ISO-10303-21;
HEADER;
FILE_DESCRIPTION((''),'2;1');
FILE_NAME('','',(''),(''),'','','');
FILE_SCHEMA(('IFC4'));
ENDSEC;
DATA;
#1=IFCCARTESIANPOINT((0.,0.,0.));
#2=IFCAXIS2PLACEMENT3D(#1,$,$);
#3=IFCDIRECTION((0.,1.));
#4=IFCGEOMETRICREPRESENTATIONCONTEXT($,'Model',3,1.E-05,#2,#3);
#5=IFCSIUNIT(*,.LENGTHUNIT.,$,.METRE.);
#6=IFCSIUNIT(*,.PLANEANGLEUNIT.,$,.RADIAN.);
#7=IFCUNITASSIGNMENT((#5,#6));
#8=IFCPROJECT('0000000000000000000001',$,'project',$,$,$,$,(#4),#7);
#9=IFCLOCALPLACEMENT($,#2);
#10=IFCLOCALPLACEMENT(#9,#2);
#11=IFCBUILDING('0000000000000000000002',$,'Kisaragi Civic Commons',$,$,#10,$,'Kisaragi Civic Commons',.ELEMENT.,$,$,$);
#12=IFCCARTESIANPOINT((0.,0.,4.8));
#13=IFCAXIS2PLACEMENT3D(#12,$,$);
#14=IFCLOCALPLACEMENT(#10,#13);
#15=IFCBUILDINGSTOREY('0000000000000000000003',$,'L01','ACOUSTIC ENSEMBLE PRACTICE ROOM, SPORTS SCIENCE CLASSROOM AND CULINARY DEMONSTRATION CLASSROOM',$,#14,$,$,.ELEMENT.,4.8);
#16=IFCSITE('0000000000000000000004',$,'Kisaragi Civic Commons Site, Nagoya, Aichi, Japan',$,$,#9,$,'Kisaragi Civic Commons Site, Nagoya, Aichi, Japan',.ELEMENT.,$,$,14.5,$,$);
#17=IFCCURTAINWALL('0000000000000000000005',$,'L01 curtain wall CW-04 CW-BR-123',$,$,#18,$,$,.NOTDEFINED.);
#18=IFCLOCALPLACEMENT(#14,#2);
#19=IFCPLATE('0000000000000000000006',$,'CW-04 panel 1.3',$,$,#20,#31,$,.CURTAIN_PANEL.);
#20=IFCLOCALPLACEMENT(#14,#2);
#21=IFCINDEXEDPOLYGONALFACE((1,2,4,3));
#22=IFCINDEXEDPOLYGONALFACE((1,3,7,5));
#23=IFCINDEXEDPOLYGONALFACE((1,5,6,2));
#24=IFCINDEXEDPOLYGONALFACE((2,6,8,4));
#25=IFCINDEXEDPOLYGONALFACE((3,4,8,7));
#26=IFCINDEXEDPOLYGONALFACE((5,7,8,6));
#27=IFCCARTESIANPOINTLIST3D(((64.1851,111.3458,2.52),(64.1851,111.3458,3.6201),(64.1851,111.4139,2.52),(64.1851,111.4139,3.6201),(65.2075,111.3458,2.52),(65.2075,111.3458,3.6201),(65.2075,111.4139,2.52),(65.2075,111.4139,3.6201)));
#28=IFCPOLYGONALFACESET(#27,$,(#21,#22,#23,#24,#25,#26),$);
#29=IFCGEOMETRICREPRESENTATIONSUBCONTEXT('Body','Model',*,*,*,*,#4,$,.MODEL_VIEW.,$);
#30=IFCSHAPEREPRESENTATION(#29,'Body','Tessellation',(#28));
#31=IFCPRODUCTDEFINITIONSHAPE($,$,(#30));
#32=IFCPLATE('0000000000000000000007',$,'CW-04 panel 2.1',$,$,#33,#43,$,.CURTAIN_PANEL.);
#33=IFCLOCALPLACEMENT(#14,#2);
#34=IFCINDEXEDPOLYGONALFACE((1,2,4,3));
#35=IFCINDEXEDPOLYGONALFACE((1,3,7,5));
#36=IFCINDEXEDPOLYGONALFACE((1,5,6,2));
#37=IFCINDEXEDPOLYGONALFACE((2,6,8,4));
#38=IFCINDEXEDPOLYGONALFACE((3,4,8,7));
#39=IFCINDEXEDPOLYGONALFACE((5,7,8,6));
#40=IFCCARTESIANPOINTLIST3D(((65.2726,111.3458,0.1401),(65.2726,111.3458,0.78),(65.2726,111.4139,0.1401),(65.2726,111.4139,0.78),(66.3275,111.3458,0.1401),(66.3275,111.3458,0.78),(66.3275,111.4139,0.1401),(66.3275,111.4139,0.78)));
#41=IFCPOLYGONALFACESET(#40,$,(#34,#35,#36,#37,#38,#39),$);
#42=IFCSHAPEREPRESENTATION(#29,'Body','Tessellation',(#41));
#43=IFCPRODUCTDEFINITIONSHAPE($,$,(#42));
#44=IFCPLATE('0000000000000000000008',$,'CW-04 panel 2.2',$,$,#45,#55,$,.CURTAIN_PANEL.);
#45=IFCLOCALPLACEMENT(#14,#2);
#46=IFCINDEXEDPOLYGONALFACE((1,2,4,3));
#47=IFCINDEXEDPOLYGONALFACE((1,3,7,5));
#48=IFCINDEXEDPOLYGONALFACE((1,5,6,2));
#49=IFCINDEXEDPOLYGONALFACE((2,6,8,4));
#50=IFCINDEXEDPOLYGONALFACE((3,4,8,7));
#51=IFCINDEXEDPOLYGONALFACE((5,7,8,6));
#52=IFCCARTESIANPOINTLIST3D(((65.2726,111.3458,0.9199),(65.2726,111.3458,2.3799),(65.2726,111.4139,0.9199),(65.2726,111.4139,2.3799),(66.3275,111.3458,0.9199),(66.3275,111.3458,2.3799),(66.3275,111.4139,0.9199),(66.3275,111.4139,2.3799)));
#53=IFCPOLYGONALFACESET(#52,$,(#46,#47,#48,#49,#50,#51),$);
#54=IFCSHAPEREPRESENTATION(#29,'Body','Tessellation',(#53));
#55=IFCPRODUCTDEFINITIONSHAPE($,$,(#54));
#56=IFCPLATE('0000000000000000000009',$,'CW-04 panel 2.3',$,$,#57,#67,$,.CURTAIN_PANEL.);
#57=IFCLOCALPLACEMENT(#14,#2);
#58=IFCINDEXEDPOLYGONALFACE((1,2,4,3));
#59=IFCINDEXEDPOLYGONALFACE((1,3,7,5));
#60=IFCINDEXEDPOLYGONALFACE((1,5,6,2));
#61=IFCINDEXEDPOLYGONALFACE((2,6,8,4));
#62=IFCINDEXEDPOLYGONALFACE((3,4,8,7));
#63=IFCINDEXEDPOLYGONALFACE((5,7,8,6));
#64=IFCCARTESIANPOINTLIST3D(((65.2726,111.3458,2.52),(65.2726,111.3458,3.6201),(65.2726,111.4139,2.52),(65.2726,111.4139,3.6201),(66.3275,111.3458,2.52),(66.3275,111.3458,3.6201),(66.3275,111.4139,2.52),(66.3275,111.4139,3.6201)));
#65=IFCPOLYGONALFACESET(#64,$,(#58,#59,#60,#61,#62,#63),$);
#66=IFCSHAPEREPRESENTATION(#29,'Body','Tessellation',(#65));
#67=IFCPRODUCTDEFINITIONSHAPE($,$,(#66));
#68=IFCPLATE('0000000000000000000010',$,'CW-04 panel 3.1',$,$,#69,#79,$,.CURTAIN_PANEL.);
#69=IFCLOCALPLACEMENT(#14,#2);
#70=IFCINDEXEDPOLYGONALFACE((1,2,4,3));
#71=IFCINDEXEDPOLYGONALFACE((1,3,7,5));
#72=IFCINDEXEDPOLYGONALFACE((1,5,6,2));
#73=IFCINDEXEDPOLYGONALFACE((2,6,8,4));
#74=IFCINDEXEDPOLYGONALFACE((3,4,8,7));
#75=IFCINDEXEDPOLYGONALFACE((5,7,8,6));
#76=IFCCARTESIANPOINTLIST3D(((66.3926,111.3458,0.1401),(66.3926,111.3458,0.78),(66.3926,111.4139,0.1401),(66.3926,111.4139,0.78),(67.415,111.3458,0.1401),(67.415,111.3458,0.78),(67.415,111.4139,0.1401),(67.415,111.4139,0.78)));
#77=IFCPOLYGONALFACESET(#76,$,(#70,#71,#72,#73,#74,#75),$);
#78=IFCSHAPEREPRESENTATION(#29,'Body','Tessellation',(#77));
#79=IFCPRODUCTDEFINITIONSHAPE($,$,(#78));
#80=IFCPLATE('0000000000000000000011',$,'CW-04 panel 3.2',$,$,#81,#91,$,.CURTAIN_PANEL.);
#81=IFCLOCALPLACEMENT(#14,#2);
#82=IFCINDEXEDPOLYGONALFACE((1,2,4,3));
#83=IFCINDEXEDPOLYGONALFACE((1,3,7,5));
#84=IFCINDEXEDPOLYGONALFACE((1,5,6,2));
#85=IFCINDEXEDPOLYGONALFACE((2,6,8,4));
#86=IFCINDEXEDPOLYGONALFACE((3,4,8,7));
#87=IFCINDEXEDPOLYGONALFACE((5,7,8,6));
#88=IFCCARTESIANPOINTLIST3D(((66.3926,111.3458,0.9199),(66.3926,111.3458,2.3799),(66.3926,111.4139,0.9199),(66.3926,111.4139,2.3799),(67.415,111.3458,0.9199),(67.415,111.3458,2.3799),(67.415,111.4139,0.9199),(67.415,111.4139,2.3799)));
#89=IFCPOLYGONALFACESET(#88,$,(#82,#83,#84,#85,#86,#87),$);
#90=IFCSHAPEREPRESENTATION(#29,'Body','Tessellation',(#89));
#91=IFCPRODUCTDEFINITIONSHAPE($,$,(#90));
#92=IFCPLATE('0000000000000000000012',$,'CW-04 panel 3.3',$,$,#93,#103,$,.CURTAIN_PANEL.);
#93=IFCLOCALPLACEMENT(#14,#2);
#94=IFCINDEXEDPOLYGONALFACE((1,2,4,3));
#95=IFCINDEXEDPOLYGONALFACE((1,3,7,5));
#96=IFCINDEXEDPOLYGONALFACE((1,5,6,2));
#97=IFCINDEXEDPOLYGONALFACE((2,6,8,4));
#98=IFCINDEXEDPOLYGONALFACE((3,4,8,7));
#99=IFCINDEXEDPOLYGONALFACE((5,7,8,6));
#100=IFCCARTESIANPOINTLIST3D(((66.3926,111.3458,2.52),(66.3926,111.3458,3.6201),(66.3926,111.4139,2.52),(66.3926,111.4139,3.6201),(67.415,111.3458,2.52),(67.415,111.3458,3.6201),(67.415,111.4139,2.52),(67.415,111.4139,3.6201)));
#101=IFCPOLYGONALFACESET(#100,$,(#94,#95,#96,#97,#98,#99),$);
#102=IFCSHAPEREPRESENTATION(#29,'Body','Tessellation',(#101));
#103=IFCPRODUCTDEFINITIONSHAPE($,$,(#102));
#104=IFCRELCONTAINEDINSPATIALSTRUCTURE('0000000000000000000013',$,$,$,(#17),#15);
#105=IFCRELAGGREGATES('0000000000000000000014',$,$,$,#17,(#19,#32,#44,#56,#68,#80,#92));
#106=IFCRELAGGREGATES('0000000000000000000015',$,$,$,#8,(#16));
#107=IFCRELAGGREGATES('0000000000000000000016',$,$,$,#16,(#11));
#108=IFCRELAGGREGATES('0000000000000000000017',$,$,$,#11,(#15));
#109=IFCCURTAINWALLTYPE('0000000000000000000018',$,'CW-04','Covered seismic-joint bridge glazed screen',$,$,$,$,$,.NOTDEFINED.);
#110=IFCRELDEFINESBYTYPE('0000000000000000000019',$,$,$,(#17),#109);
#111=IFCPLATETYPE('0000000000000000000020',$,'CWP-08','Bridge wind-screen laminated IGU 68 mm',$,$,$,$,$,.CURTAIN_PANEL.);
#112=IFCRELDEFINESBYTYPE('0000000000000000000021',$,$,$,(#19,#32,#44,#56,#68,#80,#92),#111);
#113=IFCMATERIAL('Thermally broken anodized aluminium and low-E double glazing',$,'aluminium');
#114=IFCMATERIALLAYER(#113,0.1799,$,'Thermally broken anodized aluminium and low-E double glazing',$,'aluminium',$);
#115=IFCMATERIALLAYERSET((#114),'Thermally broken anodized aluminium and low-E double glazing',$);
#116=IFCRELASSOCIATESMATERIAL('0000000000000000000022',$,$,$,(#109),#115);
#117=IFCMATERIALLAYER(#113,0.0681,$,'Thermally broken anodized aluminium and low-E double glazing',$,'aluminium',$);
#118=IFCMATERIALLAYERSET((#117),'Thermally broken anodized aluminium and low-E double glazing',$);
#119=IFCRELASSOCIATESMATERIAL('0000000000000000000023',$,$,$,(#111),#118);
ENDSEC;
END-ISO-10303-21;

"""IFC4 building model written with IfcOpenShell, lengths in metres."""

from ifc_helpers import new_model, si_unit, direction, frame, origin, origin_2d, place, context, subcontext, project, spatial, rectangle, extrude, material, layer, layer_set, type_object, element, aggregate, save


model = new_model("IFC4")

# Units and contexts
model_context = context("Model", 3, precision=1e-05, world=origin(), true_north=direction((0.0, 1.0)))
body_context = subcontext(model_context, "Body", "Model", "MODEL_VIEW")
ifc_project = project(units=[si_unit("LENGTHUNIT", "METRE"), si_unit("PLANEANGLEUNIT", "RADIAN")], contexts=[model_context])

# Site, building, storey
site_placement = place(None, origin())
site = spatial("IfcSite", under=ifc_project, at=site_placement, Name="Kisaragi Civic Commons Site, Nagoya, Aichi, Japan", LongName="Kisaragi Civic Commons Site, Nagoya, Aichi, Japan", CompositionType="ELEMENT", RefElevation=14.5)
building_placement = place(site_placement, origin())
building = spatial("IfcBuilding", under=site, at=building_placement, Name="Kisaragi Civic Commons", LongName="Kisaragi Civic Commons", CompositionType="ELEMENT")
storey_placement = place(building_placement, frame((0.0, 0.0, 4.8)))
storey = spatial("IfcBuildingStorey", under=building, at=storey_placement, Name="L01", Description="ACOUSTIC ENSEMBLE PRACTICE ROOM, SPORTS SCIENCE CLASSROOM AND CULINARY DEMONSTRATION CLASSROOM", CompositionType="ELEMENT", Elevation=4.8)

# Curtain wall
ifc_material_1 = material(Name="Thermally broken anodized aluminium and low-E double glazing", Category="aluminium")
ifc_layer_1 = layer(ifc_material_1, 0.1799, Name="Thermally broken anodized aluminium and low-E double glazing", Category="aluminium")
ifc_layer_set_1 = layer_set([ifc_layer_1], Name="Thermally broken anodized aluminium and low-E double glazing")
curtain_wall_type = type_object("IfcCurtainWallType", Name="CW-04", Description="Covered seismic-joint bridge glazed screen", PredefinedType="NOTDEFINED", material=ifc_layer_set_1)
curtain_wall_1_placement = place(storey_placement, origin())
curtain_wall_1 = element("IfcCurtainWall", 1, at=curtain_wall_1_placement, inside=storey, type_object=curtain_wall_type, Name="L01 curtain wall CW-04 CW-BR-123", PredefinedType="NOTDEFINED")

# Plates
ifc_layer_2 = layer(ifc_material_1, 0.0681, Name="Thermally broken anodized aluminium and low-E double glazing", Category="aluminium")
ifc_layer_set_2 = layer_set([ifc_layer_2], Name="Thermally broken anodized aluminium and low-E double glazing")
plate_type_1 = type_object("IfcPlateType", Name="CWP-08", Description="Bridge wind-screen laminated IGU 68 mm", PredefinedType="CURTAIN_PANEL", material=ifc_layer_set_2)
plate_1_placement = place(storey_placement, frame((64.6963, 111.3799, 2.52), z_axis=(0.0, 0.0, 1.0), x_axis=(1.0, 0.0, 0.0)))
plate_1 = element("IfcPlate", 2, at=plate_1_placement, type_object=plate_type_1, Name="CW-04 panel 1.3", PredefinedType="CURTAIN_PANEL", context=body_context, shape_type="SweptSolid", body=[
    extrude(rectangle(XDim=1.0225, YDim=0.0681, at=origin_2d()), origin(), (0.0, 0.0, 1.0), 1.1001),
])
plate_2_placement = place(storey_placement, frame((65.8, 111.3799, 0.1401), z_axis=(0.0, 0.0, 1.0), x_axis=(1.0, 0.0, 0.0)))
plate_2 = element("IfcPlate", 3, at=plate_2_placement, type_object=plate_type_1, Name="CW-04 panel 2.1", PredefinedType="CURTAIN_PANEL", context=body_context, shape_type="SweptSolid", body=[
    extrude(rectangle(XDim=1.0549, YDim=0.0681, at=origin_2d()), origin(), (0.0, 0.0, 1.0), 0.6399),
])
plate_3_placement = place(storey_placement, frame((65.8, 111.3799, 0.9199), z_axis=(0.0, 0.0, 1.0), x_axis=(1.0, 0.0, 0.0)))
plate_3 = element("IfcPlate", 4, at=plate_3_placement, type_object=plate_type_1, Name="CW-04 panel 2.2", PredefinedType="CURTAIN_PANEL", context=body_context, shape_type="SweptSolid", body=[
    extrude(rectangle(XDim=1.0549, YDim=0.0681, at=origin_2d()), origin(), (0.0, 0.0, 1.0), 1.46),
])
plate_4_placement = place(storey_placement, frame((65.8, 111.3799, 2.52), z_axis=(0.0, 0.0, 1.0), x_axis=(1.0, 0.0, 0.0)))
plate_4 = element("IfcPlate", 5, at=plate_4_placement, type_object=plate_type_1, Name="CW-04 panel 2.3", PredefinedType="CURTAIN_PANEL", context=body_context, shape_type="SweptSolid", body=[
    extrude(rectangle(XDim=1.0549, YDim=0.0681, at=origin_2d()), origin(), (0.0, 0.0, 1.0), 1.1001),
])
plate_5_placement = place(storey_placement, frame((66.9038, 111.3799, 0.1401), z_axis=(0.0, 0.0, 1.0), x_axis=(1.0, 0.0, 0.0)))
plate_5 = element("IfcPlate", 6, at=plate_5_placement, type_object=plate_type_1, Name="CW-04 panel 3.1", PredefinedType="CURTAIN_PANEL", context=body_context, shape_type="SweptSolid", body=[
    extrude(rectangle(XDim=1.0225, YDim=0.0681, at=origin_2d()), origin(), (0.0, 0.0, 1.0), 0.6399),
])
plate_6_placement = place(storey_placement, frame((66.9038, 111.3799, 0.9199), z_axis=(0.0, 0.0, 1.0), x_axis=(1.0, 0.0, 0.0)))
plate_6 = element("IfcPlate", 7, at=plate_6_placement, type_object=plate_type_1, Name="CW-04 panel 3.2", PredefinedType="CURTAIN_PANEL", context=body_context, shape_type="SweptSolid", body=[
    extrude(rectangle(XDim=1.0225, YDim=0.0681, at=origin_2d()), origin(), (0.0, 0.0, 1.0), 1.46),
])
plate_7_placement = place(storey_placement, frame((66.9038, 111.3799, 2.52), z_axis=(0.0, 0.0, 1.0), x_axis=(1.0, 0.0, 0.0)))
plate_7 = element("IfcPlate", 8, at=plate_7_placement, type_object=plate_type_1, Name="CW-04 panel 3.3", PredefinedType="CURTAIN_PANEL", context=body_context, shape_type="SweptSolid", body=[
    extrude(rectangle(XDim=1.0225, YDim=0.0681, at=origin_2d()), origin(), (0.0, 0.0, 1.0), 1.1001),
])
aggregate(curtain_wall_1, [plate_1, plate_2, plate_3, plate_4, plate_5, plate_6, plate_7])

save(model, "model.ifc")
